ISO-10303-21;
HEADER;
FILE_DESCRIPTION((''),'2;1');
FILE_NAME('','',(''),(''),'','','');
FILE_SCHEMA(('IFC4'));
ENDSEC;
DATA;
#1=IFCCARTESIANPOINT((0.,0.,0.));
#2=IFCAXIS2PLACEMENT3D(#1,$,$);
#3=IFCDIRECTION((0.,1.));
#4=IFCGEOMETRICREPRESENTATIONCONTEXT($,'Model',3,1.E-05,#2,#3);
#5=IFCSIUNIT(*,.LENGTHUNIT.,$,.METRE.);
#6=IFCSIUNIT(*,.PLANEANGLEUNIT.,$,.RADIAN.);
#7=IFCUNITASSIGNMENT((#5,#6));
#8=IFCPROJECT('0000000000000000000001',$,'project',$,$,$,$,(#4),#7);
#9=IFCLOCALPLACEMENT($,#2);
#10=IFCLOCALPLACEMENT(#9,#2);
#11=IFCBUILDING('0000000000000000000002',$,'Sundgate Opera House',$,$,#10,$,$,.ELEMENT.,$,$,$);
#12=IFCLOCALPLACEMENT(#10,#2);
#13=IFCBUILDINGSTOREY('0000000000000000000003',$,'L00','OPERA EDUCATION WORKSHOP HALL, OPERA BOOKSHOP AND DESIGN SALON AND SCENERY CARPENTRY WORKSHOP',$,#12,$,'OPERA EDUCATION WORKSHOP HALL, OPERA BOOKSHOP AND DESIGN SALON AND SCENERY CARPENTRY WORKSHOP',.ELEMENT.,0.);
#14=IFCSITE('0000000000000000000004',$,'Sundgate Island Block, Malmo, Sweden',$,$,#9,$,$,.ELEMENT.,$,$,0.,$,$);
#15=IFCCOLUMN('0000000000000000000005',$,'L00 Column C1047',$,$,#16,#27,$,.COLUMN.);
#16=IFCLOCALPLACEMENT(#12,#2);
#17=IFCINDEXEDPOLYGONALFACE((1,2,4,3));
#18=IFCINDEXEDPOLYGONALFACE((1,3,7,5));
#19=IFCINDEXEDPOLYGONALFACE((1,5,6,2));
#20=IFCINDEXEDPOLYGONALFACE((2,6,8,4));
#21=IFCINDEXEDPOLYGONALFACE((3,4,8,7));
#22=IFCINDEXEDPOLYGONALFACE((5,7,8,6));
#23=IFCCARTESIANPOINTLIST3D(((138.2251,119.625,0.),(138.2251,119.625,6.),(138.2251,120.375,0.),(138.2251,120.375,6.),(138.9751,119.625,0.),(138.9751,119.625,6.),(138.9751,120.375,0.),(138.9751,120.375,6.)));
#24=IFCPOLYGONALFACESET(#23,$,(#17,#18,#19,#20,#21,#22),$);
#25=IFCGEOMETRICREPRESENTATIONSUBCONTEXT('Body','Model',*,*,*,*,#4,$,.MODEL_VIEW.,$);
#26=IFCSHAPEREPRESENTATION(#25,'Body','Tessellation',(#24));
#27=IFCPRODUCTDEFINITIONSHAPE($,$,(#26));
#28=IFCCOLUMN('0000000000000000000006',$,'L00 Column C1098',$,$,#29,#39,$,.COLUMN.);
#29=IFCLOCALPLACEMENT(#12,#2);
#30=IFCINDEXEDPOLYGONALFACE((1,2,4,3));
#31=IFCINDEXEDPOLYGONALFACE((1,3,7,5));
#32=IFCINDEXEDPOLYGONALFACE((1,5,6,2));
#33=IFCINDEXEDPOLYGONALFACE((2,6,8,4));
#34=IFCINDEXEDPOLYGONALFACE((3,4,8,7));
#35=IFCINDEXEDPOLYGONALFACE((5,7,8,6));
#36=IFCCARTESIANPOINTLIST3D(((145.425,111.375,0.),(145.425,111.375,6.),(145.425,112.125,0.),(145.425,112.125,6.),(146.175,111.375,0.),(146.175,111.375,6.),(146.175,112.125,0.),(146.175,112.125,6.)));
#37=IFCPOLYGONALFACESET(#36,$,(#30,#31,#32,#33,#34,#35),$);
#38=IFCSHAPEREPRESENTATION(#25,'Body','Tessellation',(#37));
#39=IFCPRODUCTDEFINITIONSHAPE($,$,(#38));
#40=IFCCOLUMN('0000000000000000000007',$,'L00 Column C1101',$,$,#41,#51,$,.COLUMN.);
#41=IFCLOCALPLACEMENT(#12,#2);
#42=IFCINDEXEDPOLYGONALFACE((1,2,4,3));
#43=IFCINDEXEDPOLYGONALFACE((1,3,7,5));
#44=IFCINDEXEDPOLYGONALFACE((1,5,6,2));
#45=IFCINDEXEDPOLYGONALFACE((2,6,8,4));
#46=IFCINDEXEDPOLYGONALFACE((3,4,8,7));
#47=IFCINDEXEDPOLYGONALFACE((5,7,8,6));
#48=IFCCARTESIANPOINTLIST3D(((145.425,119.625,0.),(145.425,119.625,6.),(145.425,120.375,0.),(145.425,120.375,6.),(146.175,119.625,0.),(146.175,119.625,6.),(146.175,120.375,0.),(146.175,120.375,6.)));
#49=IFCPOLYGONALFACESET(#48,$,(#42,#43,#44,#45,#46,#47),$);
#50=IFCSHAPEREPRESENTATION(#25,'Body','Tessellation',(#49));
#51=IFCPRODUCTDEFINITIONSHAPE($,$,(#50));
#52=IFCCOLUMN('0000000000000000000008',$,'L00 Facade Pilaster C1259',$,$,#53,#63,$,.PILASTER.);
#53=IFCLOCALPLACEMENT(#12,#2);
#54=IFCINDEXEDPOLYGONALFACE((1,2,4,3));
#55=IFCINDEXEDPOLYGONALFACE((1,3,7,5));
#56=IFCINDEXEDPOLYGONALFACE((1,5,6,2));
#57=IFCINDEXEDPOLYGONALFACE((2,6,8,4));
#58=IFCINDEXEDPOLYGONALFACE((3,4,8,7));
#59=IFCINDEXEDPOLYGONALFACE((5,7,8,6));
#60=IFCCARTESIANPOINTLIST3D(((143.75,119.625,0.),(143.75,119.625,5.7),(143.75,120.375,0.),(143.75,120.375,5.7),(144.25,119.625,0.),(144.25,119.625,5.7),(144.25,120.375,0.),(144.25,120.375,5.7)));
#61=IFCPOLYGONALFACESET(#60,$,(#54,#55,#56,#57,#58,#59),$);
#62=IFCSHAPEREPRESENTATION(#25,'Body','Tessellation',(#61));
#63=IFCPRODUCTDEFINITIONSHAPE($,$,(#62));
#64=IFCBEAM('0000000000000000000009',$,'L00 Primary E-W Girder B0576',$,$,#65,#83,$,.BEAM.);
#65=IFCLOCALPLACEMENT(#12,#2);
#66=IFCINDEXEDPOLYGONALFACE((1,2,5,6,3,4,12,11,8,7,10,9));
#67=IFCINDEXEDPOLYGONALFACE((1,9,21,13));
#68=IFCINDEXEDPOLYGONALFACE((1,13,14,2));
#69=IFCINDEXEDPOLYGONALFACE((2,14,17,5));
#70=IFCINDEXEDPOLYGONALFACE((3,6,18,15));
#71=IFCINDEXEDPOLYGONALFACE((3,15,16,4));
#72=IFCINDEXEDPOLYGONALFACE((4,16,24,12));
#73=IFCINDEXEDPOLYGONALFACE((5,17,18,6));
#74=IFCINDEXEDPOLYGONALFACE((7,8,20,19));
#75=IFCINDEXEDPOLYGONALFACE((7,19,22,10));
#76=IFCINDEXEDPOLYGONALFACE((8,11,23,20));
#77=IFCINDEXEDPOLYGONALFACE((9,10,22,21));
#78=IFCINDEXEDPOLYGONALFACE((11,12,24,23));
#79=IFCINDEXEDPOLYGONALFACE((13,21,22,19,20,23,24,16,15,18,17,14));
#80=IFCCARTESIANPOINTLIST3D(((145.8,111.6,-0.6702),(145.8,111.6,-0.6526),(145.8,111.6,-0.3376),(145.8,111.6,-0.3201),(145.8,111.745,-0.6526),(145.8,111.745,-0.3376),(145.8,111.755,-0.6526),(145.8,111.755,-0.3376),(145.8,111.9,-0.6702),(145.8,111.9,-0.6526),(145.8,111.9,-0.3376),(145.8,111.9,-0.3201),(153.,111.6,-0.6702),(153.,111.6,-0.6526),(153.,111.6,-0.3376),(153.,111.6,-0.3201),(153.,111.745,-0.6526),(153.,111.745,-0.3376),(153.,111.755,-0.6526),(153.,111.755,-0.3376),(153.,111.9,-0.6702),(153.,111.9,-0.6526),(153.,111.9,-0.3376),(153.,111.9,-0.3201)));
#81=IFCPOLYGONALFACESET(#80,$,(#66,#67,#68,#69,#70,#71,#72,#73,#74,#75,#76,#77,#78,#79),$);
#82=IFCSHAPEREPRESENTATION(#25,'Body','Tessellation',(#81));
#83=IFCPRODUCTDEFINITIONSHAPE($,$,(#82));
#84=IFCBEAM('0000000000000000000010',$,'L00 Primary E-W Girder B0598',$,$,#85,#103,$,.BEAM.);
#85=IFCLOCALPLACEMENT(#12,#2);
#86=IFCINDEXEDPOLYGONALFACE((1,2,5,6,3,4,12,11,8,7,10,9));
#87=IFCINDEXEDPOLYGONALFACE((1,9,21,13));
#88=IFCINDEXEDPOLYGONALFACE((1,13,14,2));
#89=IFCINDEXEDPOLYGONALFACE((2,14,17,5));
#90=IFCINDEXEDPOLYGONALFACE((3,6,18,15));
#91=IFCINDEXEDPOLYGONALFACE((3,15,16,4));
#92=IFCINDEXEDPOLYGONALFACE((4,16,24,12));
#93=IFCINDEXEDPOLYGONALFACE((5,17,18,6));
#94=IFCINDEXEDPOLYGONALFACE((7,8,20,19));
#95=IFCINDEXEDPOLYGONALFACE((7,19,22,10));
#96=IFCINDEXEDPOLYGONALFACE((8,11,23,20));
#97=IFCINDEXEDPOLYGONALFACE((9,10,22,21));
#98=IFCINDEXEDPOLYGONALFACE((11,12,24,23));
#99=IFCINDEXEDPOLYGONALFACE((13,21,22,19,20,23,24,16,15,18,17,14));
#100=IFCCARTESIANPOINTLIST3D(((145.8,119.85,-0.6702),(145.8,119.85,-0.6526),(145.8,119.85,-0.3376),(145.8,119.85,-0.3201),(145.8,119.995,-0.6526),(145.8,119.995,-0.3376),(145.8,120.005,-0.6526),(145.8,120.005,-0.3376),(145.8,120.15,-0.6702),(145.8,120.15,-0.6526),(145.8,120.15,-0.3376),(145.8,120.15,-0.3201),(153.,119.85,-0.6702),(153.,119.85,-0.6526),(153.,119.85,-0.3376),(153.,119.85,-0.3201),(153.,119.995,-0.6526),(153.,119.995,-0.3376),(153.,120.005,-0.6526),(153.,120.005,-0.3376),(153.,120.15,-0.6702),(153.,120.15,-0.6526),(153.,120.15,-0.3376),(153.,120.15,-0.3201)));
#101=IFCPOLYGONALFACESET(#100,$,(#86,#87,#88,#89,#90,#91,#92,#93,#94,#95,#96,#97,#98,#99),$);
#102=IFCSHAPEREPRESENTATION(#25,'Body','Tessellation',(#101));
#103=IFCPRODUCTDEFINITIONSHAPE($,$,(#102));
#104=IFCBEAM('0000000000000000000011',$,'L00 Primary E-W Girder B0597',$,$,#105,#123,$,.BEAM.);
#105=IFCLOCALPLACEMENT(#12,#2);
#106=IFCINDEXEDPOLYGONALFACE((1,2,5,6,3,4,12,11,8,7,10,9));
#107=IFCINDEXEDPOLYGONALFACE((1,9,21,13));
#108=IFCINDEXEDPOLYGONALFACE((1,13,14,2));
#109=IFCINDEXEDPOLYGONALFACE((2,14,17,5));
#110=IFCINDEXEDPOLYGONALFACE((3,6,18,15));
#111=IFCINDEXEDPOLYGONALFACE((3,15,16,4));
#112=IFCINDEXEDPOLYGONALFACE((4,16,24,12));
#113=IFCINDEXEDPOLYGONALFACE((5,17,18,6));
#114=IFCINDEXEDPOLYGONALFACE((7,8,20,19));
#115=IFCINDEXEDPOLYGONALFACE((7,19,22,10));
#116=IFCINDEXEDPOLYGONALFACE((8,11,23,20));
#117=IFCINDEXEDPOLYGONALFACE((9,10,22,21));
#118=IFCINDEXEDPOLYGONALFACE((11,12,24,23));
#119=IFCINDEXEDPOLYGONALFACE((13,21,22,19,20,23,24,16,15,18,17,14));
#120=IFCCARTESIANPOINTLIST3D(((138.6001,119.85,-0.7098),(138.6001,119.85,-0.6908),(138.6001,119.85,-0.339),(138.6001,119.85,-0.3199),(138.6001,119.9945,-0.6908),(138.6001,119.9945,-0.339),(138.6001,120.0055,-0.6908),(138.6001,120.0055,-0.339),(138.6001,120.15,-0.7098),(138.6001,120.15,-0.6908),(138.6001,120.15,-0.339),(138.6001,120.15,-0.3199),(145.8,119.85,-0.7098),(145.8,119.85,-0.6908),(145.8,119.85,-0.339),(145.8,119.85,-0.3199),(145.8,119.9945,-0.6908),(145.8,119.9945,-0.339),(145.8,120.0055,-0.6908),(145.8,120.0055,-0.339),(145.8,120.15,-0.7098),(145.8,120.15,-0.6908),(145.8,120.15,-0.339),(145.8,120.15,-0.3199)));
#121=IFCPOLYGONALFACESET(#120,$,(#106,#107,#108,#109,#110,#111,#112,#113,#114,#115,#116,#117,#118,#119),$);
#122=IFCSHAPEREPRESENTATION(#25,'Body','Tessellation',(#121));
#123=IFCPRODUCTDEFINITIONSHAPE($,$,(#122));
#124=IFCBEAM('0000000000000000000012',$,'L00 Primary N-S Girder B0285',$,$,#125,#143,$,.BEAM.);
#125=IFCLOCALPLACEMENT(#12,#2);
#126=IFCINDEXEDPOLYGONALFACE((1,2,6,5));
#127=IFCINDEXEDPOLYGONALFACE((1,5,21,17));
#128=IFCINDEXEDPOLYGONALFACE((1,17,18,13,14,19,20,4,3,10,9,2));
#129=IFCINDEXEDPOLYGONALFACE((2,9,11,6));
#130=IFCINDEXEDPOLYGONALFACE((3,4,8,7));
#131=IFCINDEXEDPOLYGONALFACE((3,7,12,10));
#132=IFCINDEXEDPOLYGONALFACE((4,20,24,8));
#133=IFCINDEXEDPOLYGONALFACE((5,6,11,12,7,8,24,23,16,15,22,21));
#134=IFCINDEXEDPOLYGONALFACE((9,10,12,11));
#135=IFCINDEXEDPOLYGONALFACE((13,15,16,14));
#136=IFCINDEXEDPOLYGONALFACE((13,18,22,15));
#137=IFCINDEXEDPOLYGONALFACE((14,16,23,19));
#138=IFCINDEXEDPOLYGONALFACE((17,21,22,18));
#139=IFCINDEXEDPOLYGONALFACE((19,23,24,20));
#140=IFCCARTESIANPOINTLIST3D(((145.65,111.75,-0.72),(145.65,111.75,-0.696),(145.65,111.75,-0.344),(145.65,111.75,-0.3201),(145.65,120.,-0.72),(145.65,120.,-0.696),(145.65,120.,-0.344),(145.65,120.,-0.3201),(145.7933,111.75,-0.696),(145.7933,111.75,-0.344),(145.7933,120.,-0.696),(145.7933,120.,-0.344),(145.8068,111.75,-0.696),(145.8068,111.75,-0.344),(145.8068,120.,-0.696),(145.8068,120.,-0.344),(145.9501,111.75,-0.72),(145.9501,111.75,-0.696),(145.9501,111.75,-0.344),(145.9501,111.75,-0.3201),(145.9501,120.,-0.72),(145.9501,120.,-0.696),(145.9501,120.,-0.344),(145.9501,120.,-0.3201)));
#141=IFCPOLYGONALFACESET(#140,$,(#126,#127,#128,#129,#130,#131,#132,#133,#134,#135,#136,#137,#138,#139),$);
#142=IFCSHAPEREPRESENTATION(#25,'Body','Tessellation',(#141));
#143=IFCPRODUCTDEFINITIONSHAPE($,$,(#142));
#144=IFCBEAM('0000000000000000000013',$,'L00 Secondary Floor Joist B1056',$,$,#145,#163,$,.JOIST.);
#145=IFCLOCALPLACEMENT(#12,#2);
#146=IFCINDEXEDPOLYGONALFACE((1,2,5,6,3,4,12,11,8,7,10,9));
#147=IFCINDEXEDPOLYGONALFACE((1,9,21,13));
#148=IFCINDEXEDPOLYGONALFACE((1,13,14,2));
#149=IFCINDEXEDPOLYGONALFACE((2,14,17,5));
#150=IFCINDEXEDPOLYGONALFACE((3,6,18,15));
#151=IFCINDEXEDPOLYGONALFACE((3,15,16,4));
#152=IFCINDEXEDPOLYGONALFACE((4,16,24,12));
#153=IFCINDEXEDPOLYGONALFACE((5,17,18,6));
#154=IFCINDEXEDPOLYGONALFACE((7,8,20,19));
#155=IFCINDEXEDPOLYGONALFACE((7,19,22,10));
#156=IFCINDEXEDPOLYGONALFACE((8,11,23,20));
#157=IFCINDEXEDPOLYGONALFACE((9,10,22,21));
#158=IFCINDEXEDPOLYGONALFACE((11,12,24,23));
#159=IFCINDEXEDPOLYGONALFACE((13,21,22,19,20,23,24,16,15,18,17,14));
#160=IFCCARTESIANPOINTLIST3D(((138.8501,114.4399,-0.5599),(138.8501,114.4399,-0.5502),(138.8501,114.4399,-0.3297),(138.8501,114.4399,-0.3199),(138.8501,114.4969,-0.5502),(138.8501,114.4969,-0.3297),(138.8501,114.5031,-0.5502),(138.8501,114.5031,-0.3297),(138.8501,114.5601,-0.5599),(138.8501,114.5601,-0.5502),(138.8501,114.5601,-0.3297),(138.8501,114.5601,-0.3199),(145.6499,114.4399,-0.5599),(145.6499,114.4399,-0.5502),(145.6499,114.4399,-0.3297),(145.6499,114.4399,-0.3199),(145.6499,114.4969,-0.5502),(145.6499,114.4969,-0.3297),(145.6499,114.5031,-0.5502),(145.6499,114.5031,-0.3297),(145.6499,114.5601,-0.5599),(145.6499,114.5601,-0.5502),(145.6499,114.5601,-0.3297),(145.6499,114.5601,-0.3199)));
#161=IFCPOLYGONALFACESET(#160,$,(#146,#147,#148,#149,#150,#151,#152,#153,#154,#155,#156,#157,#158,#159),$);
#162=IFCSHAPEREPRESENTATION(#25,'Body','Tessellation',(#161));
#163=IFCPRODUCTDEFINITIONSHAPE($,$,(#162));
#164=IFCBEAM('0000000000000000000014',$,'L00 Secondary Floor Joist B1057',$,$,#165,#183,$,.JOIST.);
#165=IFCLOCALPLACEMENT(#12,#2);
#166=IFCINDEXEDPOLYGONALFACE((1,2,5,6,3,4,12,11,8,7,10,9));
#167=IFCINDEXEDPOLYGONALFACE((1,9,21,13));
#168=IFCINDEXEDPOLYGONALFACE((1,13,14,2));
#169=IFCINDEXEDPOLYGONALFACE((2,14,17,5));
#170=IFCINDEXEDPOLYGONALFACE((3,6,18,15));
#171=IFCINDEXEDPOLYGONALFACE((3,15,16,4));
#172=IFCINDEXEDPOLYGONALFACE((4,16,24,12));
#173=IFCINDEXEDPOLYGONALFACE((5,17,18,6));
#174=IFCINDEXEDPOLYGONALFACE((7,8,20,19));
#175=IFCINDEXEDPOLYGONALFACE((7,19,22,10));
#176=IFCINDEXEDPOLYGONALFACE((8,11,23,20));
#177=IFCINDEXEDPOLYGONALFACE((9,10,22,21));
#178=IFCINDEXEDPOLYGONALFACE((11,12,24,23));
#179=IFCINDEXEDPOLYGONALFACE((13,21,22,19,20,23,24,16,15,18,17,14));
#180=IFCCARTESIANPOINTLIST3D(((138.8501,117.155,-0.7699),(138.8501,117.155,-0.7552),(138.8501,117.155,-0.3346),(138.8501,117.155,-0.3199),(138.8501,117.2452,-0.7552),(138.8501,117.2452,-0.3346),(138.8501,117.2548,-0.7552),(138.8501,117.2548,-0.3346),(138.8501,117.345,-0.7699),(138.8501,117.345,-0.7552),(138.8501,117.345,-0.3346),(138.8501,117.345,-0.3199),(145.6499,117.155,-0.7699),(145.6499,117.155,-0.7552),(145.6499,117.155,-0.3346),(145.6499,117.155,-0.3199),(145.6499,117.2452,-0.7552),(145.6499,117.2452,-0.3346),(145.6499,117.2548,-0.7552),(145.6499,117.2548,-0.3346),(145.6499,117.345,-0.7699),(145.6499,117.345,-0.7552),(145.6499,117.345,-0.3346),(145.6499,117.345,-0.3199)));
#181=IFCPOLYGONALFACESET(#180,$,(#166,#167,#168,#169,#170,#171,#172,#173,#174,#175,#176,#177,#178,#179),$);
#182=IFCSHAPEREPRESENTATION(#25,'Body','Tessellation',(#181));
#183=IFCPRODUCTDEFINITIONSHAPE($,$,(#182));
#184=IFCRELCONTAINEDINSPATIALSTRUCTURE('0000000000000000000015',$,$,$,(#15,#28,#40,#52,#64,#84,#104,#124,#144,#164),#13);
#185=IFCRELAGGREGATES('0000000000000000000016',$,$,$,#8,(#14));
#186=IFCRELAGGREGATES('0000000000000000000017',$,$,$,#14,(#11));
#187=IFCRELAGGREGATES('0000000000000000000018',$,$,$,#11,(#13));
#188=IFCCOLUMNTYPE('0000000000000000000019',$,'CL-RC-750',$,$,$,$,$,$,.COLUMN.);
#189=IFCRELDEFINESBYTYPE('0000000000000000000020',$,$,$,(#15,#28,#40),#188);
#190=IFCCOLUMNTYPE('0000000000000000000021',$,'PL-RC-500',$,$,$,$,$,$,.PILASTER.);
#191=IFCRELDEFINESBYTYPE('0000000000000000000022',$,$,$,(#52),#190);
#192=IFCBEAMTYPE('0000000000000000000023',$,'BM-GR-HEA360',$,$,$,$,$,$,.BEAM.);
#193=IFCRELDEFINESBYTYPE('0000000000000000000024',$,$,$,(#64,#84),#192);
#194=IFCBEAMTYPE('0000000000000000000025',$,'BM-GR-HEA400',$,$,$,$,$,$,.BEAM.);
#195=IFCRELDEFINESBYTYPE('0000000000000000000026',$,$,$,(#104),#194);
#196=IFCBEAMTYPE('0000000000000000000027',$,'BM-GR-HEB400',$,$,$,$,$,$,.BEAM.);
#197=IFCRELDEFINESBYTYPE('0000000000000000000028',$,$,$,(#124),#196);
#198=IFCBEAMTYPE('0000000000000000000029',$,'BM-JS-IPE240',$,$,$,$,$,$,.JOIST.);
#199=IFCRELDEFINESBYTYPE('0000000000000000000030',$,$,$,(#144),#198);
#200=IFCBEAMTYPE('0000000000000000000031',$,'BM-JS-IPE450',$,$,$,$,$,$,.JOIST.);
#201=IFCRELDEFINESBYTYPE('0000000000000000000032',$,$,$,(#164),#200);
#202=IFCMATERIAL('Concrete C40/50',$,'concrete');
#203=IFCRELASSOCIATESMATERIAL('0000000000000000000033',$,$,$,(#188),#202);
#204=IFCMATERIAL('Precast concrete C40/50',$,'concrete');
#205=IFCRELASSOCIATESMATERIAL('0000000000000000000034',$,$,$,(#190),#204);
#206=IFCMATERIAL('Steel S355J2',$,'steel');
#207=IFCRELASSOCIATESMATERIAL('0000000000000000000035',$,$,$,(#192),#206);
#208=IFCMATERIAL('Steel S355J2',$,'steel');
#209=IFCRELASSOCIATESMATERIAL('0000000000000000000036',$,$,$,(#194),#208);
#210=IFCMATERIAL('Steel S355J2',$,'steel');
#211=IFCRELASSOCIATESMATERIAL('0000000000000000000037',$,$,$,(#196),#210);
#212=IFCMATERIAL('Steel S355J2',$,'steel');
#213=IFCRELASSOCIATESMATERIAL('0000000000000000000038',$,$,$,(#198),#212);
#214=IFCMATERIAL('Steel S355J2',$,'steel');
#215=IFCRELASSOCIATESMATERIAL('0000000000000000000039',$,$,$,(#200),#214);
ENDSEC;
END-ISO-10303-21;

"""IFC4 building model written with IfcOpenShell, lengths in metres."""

from ifc_helpers import new_model, si_unit, direction, frame, origin, origin_2d, place, context, subcontext, project, spatial, rectangle, i_section, extrude, material, material_profile, profile_set, type_object, element, save


model = new_model("IFC4")

# Units and contexts
model_context = context("Model", 3, precision=1e-05, world=origin(), true_north=direction((0.0, 1.0)))
body_context = subcontext(model_context, "Body", "Model", "MODEL_VIEW")
ifc_project = project(units=[si_unit("LENGTHUNIT", "METRE"), si_unit("PLANEANGLEUNIT", "RADIAN")], contexts=[model_context])

# Site, building, storey
site_placement = place(None, origin())
site = spatial("IfcSite", under=ifc_project, at=site_placement, Name="Sundgate Island Block, Malmo, Sweden", CompositionType="ELEMENT", RefElevation=0.0)
building_placement = place(site_placement, origin())
building = spatial("IfcBuilding", under=site, at=building_placement, Name="Sundgate Opera House", CompositionType="ELEMENT")
storey_placement = place(building_placement, origin())
storey = spatial("IfcBuildingStorey", under=building, at=storey_placement, Name="L00", Description="OPERA EDUCATION WORKSHOP HALL, OPERA BOOKSHOP AND DESIGN SALON AND SCENERY CARPENTRY WORKSHOP", LongName="OPERA EDUCATION WORKSHOP HALL, OPERA BOOKSHOP AND DESIGN SALON AND SCENERY CARPENTRY WORKSHOP", CompositionType="ELEMENT", Elevation=0.0)

# Columns
ifc_material_1 = material(Name="Concrete C40/50", Category="concrete")
ifc_material_profile_1 = material_profile(ifc_material_1, rectangle(XDim=0.75, YDim=0.75, at=origin_2d()), Name="RC 750x750")
ifc_profile_set_1 = profile_set([ifc_material_profile_1], Name="Concrete C40/50")
column_type_1 = type_object("IfcColumnType", Name="CL-RC-750", PredefinedType="COLUMN", material=ifc_profile_set_1)
for number, where, z_axis, x_axis, name in (
    (1, (138.6001, 120.0, 0.0), (0.0, 0.0, 1.0), (1.0, 0.0, 0.0), "L00 Column C1047"),
    (2, (145.8, 111.75, 0.0), (0.0, 0.0, 1.0), (1.0, 0.0, 0.0), "L00 Column C1098"),
    (3, (145.8, 120.0, 0.0), (0.0, 0.0, 1.0), (1.0, 0.0, 0.0), "L00 Column C1101"),
):
    element("IfcColumn", number, at=place(storey_placement, frame(where, z_axis=z_axis, x_axis=x_axis)), inside=storey, type_object=column_type_1, Name=name, PredefinedType="COLUMN", context=body_context, shape_type="SweptSolid", body=[
        extrude(rectangle(XDim=0.75, YDim=0.75, at=origin_2d()), origin(), (0.0, 0.0, 1.0), 6.0),
    ])
ifc_material_2 = material(Name="Precast concrete C40/50", Category="concrete")
ifc_material_profile_2 = material_profile(ifc_material_2, rectangle(XDim=0.5, YDim=0.75, at=origin_2d()), Name="RC 500x750")
ifc_profile_set_2 = profile_set([ifc_material_profile_2], Name="Precast concrete C40/50")
column_type_2 = type_object("IfcColumnType", Name="PL-RC-500", PredefinedType="PILASTER", material=ifc_profile_set_2)
column_placement = place(storey_placement, frame((144.0, 120.0, 0.0), z_axis=(0.0, 0.0, 1.0), x_axis=(1.0, 0.0, 0.0)))
element("IfcColumn", 4, at=column_placement, inside=storey, type_object=column_type_2, Name="L00 Facade Pilaster C1259", PredefinedType="PILASTER", context=body_context, shape_type="SweptSolid", body=[
    extrude(rectangle(XDim=0.5, YDim=0.75, at=origin_2d()), origin(), (0.0, 0.0, 1.0), 5.7),
])

# Beams
ifc_material_3 = material(Name="Steel S355J2", Category="steel")
ifc_material_profile_3 = material_profile(ifc_material_3, i_section(OverallWidth=0.3, OverallDepth=0.3501, WebThickness=0.01, FlangeThickness=0.0176, at=origin_2d()), Name="HEA 360")
ifc_profile_set_3 = profile_set([ifc_material_profile_3], Name="Steel S355J2")
beam_type_1 = type_object("IfcBeamType", Name="BM-GR-HEA360", PredefinedType="BEAM", material=ifc_profile_set_3)
for number, where, z_axis, x_axis, name in (
    (5, (145.8, 111.75, -0.4951), (1.0, 0.0, 0.0), (0.0, 1.0, 0.0), "L00 Primary E-W Girder B0576"),
    (6, (145.8, 120.0, -0.4951), (1.0, 0.0, 0.0), (0.0, 1.0, 0.0), "L00 Primary E-W Girder B0598"),
):
    element("IfcBeam", number, at=place(storey_placement, frame(where, z_axis=z_axis, x_axis=x_axis)), inside=storey, type_object=beam_type_1, Name=name, PredefinedType="BEAM", context=body_context, shape_type="SweptSolid", body=[
        extrude(i_section(OverallWidth=0.3, OverallDepth=0.3501, WebThickness=0.01, FlangeThickness=0.0176, at=origin_2d()), origin(), (0.0, 0.0, 1.0), 7.2),
    ])
ifc_material_4 = material(Name="Steel S355J2", Category="steel")
ifc_material_profile_4 = material_profile(ifc_material_4, i_section(OverallWidth=0.3, OverallDepth=0.3899, WebThickness=0.011, FlangeThickness=0.019, at=origin_2d()), Name="HEA 400")
ifc_profile_set_4 = profile_set([ifc_material_profile_4], Name="Steel S355J2")
beam_type_2 = type_object("IfcBeamType", Name="BM-GR-HEA400", PredefinedType="BEAM", material=ifc_profile_set_4)
beam_1_placement = place(storey_placement, frame((138.6001, 120.0, -0.5149), z_axis=(1.0, 0.0, 0.0), x_axis=(0.0, 1.0, 0.0)))
element("IfcBeam", 7, at=beam_1_placement, inside=storey, type_object=beam_type_2, Name="L00 Primary E-W Girder B0597", PredefinedType="BEAM", context=body_context, shape_type="SweptSolid", body=[
    extrude(i_section(OverallWidth=0.3, OverallDepth=0.3899, WebThickness=0.011, FlangeThickness=0.019, at=origin_2d()), origin(), (0.0, 0.0, 1.0), 7.2),
])
ifc_material_5 = material(Name="Steel S355J2", Category="steel")
ifc_material_profile_5 = material_profile(ifc_material_5, i_section(OverallWidth=0.3, OverallDepth=0.3999, WebThickness=0.0134, FlangeThickness=0.0239, at=origin_2d()), Name="HEB 400")
ifc_profile_set_5 = profile_set([ifc_material_profile_5], Name="Steel S355J2")
beam_type_3 = type_object("IfcBeamType", Name="BM-GR-HEB400", PredefinedType="BEAM", material=ifc_profile_set_5)
beam_2_placement = place(storey_placement, frame((145.8, 111.75, -0.52), z_axis=(0.0, 1.0, 0.0), x_axis=(-1.0, 0.0, 0.0)))
element("IfcBeam", 8, at=beam_2_placement, inside=storey, type_object=beam_type_3, Name="L00 Primary N-S Girder B0285", PredefinedType="BEAM", context=body_context, shape_type="SweptSolid", body=[
    extrude(i_section(OverallWidth=0.3, OverallDepth=0.3999, WebThickness=0.0134, FlangeThickness=0.0239, at=origin_2d()), origin(), (0.0, 0.0, 1.0), 8.25),
])
ifc_material_6 = material(Name="Steel S355J2", Category="steel")
ifc_material_profile_6 = material_profile(ifc_material_6, i_section(OverallWidth=0.1201, OverallDepth=0.24, WebThickness=0.0061, FlangeThickness=0.0098, at=origin_2d()), Name="IPE 240")
ifc_profile_set_6 = profile_set([ifc_material_profile_6], Name="Steel S355J2")
beam_type_4 = type_object("IfcBeamType", Name="BM-JS-IPE240", PredefinedType="JOIST", material=ifc_profile_set_6)
beam_3_placement = place(storey_placement, frame((138.8501, 114.5, -0.4399), z_axis=(1.0, 0.0, 0.0), x_axis=(0.0, 1.0, 0.0)))
element("IfcBeam", 9, at=beam_3_placement, inside=storey, type_object=beam_type_4, Name="L00 Secondary Floor Joist B1056", PredefinedType="JOIST", context=body_context, shape_type="SweptSolid", body=[
    extrude(i_section(OverallWidth=0.1201, OverallDepth=0.24, WebThickness=0.0061, FlangeThickness=0.0098, at=origin_2d()), origin(), (0.0, 0.0, 1.0), 6.7998),
])
ifc_material_7 = material(Name="Steel S355J2", Category="steel")
ifc_material_profile_7 = material_profile(ifc_material_7, i_section(OverallWidth=0.1899, OverallDepth=0.45, WebThickness=0.0095, FlangeThickness=0.0146, at=origin_2d()), Name="IPE 450")
ifc_profile_set_7 = profile_set([ifc_material_profile_7], Name="Steel S355J2")
beam_type_5 = type_object("IfcBeamType", Name="BM-JS-IPE450", PredefinedType="JOIST", material=ifc_profile_set_7)
beam_4_placement = place(storey_placement, frame((138.8501, 117.25, -0.5449), z_axis=(1.0, 0.0, 0.0), x_axis=(0.0, 1.0, 0.0)))
element("IfcBeam", 10, at=beam_4_placement, inside=storey, type_object=beam_type_5, Name="L00 Secondary Floor Joist B1057", PredefinedType="JOIST", context=body_context, shape_type="SweptSolid", body=[
    extrude(i_section(OverallWidth=0.1899, OverallDepth=0.45, WebThickness=0.0095, FlangeThickness=0.0146, at=origin_2d()), origin(), (0.0, 0.0, 1.0), 6.7998),
])

save(model, "model.ifc")
